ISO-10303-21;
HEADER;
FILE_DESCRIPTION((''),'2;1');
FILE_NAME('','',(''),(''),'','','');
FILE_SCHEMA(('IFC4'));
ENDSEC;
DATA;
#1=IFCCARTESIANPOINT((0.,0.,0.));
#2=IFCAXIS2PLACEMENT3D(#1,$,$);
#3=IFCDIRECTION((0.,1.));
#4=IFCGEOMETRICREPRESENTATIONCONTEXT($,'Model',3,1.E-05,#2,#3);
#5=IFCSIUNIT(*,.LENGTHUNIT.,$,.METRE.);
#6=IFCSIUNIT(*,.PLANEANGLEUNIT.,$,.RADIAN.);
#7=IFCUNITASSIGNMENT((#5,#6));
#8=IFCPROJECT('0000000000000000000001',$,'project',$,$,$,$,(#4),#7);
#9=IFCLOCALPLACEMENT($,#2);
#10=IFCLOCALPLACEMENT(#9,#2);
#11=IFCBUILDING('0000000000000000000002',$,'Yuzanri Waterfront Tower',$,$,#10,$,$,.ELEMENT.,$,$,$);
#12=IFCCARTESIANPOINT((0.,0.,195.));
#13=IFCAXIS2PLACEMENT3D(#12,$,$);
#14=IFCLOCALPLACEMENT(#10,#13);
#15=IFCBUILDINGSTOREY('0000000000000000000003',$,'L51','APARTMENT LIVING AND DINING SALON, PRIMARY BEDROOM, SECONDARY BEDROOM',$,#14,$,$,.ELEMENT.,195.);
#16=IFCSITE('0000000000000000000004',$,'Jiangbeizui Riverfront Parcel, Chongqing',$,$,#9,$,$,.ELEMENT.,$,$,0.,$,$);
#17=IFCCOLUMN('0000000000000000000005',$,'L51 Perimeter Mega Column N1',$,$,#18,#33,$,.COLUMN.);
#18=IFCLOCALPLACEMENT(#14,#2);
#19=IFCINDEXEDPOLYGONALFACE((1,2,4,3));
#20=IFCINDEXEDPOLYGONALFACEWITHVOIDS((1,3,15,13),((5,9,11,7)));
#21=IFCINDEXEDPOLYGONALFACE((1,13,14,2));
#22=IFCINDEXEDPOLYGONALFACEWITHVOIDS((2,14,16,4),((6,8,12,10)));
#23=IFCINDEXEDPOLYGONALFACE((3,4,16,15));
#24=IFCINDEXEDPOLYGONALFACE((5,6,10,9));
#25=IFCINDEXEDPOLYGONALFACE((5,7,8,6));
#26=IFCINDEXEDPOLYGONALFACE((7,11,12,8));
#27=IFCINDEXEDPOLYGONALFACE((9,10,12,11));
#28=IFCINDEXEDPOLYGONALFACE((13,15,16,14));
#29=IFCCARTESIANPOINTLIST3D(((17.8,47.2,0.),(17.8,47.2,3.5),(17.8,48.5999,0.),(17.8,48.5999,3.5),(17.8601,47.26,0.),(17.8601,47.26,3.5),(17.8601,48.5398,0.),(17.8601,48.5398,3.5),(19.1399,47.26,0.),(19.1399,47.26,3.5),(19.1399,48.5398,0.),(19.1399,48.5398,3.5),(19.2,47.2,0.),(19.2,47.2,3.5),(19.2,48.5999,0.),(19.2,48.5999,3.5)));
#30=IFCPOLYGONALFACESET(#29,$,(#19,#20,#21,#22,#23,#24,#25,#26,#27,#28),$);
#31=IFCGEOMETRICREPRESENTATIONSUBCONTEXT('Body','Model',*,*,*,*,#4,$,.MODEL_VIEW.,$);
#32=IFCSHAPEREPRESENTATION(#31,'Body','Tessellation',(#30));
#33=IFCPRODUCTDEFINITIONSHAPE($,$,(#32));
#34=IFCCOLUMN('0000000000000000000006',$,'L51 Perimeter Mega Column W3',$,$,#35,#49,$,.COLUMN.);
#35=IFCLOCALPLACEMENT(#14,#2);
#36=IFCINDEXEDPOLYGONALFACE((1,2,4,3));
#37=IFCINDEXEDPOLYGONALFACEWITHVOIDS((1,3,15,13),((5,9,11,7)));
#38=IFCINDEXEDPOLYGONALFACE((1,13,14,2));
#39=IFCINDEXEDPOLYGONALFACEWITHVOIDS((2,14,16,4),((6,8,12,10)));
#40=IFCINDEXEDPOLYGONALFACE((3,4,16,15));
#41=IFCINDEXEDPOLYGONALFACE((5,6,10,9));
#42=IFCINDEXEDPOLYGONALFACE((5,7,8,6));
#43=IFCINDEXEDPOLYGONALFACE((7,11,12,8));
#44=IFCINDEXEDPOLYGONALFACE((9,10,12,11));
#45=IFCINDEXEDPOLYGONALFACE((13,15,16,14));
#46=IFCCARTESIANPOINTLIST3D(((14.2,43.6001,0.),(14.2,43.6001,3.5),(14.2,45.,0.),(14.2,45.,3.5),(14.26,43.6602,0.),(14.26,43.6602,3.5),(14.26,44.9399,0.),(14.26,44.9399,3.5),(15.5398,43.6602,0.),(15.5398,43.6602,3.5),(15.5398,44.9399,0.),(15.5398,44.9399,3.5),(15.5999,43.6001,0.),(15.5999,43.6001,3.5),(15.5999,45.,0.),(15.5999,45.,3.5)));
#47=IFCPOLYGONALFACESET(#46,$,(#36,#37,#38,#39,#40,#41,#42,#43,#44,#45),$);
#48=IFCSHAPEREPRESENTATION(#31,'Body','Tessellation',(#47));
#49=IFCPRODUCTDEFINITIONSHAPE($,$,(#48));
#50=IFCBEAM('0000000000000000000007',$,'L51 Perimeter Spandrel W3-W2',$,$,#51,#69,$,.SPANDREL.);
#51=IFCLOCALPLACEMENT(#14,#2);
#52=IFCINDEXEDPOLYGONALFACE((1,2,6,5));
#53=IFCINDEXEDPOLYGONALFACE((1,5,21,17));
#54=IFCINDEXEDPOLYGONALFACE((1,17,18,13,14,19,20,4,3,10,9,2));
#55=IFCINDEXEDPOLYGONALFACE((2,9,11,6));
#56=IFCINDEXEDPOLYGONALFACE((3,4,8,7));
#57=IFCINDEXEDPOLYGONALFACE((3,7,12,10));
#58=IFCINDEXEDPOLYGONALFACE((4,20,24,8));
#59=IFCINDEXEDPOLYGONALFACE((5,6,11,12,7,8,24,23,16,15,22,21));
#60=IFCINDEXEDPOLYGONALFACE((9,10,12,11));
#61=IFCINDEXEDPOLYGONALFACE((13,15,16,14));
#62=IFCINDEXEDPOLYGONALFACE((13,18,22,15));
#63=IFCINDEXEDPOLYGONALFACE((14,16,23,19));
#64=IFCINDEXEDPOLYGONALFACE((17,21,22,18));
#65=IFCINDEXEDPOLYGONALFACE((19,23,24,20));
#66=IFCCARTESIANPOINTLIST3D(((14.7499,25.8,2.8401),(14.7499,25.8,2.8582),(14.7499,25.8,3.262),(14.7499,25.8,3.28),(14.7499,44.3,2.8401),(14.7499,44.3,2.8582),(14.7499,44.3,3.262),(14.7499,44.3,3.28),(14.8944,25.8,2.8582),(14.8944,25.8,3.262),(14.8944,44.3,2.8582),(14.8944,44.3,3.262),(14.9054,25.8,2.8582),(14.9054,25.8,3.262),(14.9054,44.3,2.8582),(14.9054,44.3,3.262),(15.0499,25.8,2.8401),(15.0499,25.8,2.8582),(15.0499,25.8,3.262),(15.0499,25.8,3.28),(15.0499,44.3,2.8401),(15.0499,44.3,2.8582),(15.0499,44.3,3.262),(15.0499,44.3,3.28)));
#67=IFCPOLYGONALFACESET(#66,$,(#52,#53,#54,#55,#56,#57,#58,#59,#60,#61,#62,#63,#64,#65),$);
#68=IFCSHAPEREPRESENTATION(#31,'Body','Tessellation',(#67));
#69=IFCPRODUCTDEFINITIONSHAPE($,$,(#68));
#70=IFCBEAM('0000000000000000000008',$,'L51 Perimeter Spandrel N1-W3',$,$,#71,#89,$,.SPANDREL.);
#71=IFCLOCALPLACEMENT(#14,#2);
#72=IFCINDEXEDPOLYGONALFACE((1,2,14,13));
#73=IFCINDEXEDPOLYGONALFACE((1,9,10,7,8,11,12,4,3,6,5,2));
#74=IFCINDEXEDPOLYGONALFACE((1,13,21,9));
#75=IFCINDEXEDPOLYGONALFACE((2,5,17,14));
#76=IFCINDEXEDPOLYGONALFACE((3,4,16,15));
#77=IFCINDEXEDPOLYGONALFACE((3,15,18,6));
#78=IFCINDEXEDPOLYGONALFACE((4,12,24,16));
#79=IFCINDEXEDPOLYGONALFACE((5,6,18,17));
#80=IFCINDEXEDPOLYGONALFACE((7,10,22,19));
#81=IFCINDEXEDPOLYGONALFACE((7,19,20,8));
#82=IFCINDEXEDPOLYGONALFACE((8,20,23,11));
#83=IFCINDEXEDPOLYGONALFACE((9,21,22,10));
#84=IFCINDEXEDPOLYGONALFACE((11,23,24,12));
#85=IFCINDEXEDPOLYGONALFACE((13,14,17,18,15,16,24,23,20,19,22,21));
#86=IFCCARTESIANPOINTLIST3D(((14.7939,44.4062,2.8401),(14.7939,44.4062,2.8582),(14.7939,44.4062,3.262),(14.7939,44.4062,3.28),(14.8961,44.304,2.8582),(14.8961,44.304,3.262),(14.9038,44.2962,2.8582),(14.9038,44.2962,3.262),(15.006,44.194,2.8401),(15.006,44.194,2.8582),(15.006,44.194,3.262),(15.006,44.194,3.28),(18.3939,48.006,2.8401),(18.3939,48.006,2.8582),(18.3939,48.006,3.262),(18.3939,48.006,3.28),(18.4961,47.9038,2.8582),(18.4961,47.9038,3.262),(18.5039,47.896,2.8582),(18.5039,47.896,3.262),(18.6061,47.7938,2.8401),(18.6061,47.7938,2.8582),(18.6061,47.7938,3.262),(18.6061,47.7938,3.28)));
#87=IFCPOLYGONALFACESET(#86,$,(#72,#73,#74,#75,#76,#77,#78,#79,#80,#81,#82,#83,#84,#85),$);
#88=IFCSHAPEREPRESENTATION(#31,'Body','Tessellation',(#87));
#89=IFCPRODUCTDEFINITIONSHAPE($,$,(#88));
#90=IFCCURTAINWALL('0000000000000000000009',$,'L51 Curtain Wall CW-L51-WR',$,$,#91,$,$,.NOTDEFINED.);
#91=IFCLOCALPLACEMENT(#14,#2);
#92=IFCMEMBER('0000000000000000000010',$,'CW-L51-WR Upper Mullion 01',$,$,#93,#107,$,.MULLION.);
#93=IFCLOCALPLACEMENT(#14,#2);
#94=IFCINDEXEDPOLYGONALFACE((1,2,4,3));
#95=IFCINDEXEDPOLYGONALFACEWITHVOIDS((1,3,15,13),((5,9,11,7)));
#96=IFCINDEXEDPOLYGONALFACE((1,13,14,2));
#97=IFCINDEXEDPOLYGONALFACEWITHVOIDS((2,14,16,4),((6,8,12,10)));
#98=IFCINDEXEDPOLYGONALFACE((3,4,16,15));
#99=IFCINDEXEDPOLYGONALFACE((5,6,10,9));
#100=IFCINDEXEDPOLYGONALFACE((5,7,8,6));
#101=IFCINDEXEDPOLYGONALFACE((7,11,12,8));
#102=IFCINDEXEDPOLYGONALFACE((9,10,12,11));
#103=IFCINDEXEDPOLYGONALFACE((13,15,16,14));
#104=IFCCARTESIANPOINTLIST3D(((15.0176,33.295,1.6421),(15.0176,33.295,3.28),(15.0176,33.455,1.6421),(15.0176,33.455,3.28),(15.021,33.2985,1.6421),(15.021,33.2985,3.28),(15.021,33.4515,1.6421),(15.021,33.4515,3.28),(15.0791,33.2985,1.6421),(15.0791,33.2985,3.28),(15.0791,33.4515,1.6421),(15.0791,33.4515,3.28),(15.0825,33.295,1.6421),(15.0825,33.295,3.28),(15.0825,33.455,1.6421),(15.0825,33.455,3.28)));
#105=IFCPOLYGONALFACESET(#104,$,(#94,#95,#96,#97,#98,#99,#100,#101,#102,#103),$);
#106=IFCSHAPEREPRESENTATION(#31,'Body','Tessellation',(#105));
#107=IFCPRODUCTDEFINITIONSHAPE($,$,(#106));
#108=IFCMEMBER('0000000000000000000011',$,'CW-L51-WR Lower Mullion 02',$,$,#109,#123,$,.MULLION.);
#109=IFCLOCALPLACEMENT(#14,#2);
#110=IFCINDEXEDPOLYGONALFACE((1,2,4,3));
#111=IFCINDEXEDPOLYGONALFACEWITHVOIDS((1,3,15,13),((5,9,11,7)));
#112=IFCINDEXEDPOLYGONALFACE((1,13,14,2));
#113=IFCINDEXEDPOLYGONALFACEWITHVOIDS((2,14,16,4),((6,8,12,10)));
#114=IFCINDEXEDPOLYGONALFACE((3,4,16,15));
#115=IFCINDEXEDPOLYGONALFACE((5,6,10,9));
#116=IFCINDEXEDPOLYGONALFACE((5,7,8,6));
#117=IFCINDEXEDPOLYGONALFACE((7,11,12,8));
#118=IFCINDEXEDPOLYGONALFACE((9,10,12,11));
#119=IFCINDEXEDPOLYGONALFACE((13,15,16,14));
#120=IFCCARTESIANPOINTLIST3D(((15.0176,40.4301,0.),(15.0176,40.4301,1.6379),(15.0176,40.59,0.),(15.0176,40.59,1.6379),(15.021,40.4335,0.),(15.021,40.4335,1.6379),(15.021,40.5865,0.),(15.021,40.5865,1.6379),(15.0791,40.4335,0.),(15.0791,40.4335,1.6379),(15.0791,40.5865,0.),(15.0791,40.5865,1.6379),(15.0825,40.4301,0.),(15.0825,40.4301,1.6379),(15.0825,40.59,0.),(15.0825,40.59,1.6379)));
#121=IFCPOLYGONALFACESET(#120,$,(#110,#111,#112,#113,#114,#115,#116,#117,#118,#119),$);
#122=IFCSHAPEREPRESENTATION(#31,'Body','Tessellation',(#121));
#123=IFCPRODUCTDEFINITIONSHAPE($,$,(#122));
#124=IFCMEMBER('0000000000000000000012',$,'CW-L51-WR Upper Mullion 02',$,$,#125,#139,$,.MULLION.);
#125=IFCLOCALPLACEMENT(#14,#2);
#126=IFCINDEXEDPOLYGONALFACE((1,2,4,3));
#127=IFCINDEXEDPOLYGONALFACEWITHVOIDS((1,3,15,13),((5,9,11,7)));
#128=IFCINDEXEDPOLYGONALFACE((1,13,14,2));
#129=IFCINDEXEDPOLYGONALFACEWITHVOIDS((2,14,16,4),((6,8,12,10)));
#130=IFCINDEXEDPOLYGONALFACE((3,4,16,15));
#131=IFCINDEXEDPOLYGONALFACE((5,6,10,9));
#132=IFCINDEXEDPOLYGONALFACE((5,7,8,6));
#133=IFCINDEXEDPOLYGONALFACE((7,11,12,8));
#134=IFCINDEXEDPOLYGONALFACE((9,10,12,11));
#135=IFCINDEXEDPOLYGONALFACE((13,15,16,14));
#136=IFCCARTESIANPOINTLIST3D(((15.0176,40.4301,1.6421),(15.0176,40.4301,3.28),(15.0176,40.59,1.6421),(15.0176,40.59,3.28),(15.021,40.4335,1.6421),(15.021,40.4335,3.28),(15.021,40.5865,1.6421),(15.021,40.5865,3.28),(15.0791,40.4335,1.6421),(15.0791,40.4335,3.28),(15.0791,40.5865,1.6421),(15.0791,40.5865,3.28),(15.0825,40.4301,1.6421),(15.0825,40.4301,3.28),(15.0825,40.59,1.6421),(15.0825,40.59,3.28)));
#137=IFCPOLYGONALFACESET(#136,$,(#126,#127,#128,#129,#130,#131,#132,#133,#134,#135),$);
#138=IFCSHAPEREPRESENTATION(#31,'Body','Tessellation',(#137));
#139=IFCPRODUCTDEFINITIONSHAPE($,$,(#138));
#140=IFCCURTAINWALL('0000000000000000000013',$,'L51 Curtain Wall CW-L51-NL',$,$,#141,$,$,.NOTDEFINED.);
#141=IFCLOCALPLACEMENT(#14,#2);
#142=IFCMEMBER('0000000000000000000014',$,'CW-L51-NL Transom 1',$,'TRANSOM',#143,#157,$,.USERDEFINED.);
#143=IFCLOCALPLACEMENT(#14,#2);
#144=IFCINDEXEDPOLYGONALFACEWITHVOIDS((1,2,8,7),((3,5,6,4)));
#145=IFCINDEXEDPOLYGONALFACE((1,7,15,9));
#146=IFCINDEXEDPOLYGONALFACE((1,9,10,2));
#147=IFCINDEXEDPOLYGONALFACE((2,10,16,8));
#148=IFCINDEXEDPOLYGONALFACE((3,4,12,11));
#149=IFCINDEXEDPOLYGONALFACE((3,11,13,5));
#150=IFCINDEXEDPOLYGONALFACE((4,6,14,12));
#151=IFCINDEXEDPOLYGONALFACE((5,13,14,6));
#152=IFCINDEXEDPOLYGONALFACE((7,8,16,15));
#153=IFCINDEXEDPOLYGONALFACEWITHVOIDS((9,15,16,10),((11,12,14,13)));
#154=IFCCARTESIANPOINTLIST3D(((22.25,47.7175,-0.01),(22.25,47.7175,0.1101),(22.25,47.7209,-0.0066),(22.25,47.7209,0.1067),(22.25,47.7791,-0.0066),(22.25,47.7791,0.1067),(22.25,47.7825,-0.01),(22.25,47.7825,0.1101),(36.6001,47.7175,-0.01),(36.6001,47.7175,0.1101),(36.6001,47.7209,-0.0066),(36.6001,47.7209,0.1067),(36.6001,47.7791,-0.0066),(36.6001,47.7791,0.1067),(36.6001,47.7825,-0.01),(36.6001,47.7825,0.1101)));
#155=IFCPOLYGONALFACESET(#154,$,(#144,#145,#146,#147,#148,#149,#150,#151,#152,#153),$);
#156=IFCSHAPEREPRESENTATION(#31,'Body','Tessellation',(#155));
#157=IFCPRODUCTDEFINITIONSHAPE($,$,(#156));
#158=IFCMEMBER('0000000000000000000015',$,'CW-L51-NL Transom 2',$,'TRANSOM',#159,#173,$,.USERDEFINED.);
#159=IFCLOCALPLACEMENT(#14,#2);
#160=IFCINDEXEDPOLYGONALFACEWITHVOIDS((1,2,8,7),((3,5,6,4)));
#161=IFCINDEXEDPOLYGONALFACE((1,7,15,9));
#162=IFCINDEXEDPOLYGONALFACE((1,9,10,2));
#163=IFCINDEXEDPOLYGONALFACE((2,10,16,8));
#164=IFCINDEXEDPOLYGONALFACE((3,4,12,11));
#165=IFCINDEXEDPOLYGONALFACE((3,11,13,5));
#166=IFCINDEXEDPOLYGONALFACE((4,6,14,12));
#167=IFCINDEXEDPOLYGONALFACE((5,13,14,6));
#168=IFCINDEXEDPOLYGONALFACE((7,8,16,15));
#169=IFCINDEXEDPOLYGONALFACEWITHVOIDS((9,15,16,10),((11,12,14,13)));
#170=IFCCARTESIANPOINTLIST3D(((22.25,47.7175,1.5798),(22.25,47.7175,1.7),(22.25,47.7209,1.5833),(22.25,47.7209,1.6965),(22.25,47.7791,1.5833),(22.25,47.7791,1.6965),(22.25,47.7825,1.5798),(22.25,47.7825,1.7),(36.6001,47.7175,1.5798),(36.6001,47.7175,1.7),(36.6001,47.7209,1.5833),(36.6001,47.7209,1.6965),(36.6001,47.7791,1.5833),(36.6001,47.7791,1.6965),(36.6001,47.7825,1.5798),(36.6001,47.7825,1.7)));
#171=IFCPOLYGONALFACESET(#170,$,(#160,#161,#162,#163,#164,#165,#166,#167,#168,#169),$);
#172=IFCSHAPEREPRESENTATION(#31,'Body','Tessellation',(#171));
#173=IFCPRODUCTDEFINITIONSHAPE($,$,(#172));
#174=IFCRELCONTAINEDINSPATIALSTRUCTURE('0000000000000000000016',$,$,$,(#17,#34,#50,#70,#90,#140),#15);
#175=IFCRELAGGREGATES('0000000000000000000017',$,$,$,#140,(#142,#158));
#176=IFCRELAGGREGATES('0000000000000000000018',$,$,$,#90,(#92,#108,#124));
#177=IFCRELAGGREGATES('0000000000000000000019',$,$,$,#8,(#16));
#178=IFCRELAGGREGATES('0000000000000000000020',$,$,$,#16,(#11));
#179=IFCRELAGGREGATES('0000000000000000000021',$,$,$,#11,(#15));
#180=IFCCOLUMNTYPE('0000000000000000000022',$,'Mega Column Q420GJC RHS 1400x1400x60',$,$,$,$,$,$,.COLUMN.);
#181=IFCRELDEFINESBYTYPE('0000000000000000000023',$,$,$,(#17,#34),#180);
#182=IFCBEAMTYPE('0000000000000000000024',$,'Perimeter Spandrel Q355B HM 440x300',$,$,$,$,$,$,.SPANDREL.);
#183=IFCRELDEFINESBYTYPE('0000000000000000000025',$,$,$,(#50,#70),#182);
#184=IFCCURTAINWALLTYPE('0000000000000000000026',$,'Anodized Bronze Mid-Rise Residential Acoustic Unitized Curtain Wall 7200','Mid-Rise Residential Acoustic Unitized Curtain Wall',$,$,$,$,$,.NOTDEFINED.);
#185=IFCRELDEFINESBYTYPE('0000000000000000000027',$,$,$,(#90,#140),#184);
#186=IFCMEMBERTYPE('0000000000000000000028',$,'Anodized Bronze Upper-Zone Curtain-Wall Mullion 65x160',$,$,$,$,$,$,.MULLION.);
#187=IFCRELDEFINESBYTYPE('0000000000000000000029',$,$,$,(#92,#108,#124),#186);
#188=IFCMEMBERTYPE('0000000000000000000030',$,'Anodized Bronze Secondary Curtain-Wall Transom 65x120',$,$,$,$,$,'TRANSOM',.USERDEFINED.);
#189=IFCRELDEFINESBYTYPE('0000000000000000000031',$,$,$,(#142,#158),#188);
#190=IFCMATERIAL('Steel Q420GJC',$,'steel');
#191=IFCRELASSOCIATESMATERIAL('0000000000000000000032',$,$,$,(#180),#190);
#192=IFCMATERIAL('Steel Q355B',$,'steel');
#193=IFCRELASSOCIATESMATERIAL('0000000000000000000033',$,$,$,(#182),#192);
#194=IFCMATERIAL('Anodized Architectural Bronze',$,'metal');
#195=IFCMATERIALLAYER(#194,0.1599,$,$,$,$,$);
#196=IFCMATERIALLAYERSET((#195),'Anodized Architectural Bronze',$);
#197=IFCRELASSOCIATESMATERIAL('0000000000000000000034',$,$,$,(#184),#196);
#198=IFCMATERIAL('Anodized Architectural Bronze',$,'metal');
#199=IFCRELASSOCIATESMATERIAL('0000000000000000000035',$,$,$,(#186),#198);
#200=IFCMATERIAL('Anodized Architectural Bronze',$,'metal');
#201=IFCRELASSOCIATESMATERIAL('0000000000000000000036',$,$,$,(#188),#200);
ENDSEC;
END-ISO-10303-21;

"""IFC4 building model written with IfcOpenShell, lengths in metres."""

from ifc_helpers import new_model, si_unit, direction, frame, origin, origin_2d, place, context, subcontext, project, spatial, hollow_rectangle, i_section, extrude, source, transform, mapped, material, layer, layer_set, material_profile, profile_set, type_object, element, aggregate, save


model = new_model("IFC4")

# Units and contexts
model_context = context("Model", 3, precision=1e-05, world=origin(), true_north=direction((0.0, 1.0)))
body_context = subcontext(model_context, "Body", "Model", "MODEL_VIEW")
ifc_project = project(units=[si_unit("LENGTHUNIT", "METRE"), si_unit("PLANEANGLEUNIT", "RADIAN")], contexts=[model_context])

# Site, building, storey
site_placement = place(None, origin())
site = spatial("IfcSite", under=ifc_project, at=site_placement, Name="Jiangbeizui Riverfront Parcel, Chongqing", CompositionType="ELEMENT", RefElevation=0.0)
building_placement = place(site_placement, origin())
building = spatial("IfcBuilding", under=site, at=building_placement, Name="Yuzanri Waterfront Tower", CompositionType="ELEMENT")
storey_placement = place(building_placement, frame((0.0, 0.0, 195.0)))
storey = spatial("IfcBuildingStorey", under=building, at=storey_placement, Name="L51", Description="APARTMENT LIVING AND DINING SALON, PRIMARY BEDROOM, SECONDARY BEDROOM", CompositionType="ELEMENT", Elevation=195.0)

# Columns
ifc_material_1 = material(Name="Steel Q420GJC", Category="steel")
ifc_material_profile_1 = material_profile(ifc_material_1, hollow_rectangle(XDim=1.3999, YDim=1.3999, WallThickness=0.0601, at=origin_2d()), Name="RHS 1400x1400x60")
ifc_profile_set_1 = profile_set([ifc_material_profile_1], Name="Steel Q420GJC")
column_type = type_object("IfcColumnType", Name="Mega Column Q420GJC RHS 1400x1400x60", PredefinedType="COLUMN", material=ifc_profile_set_1)
shared_shape_1 = source(origin(), body_context, "Body", "SweptSolid", [
    extrude(hollow_rectangle(XDim=1.3999, YDim=1.3999, WallThickness=0.0601, at=origin_2d()), origin(), (0.0, 0.0, 1.0), 3.5),
])
for number, where, z_axis, x_axis, name in (
    (1, (18.5, 47.8999, 0.0), (0.0, 0.0, 1.0), (1.0, 0.0, 0.0), "L51 Perimeter Mega Column N1"),
    (2, (14.8999, 44.3, 0.0), (0.0, 0.0, 1.0), (1.0, 0.0, 0.0), "L51 Perimeter Mega Column W3"),
):
    element("IfcColumn", number, at=place(storey_placement, frame(where, z_axis=z_axis, x_axis=x_axis)), inside=storey, type_object=column_type, Name=name, PredefinedType="COLUMN", context=body_context, shape_type="MappedRepresentation", body=[
        mapped(shared_shape_1, transform((0.0, 0.0, 0.0), scale=1.0)),
    ])

# Beams
ifc_material_2 = material(Name="Steel Q355B", Category="steel")
ifc_material_profile_2 = material_profile(ifc_material_2, i_section(OverallWidth=0.3, OverallDepth=0.4399, WebThickness=0.011, FlangeThickness=0.0181, at=origin_2d()), Name="HM 440x300x11x18")
ifc_profile_set_2 = profile_set([ifc_material_profile_2], Name="Steel Q355B")
beam_type = type_object("IfcBeamType", Name="Perimeter Spandrel Q355B HM 440x300", PredefinedType="SPANDREL", material=ifc_profile_set_2)
shared_shape_2 = source(origin(), body_context, "Body", "SweptSolid", [
    extrude(i_section(OverallWidth=0.3, OverallDepth=0.4399, WebThickness=0.011, FlangeThickness=0.0181, at=origin_2d()), origin(), (0.0, 0.0, 1.0), 18.5),
])
beam_1_placement = place(storey_placement, frame((14.8999, 44.3, 3.0601), z_axis=(0.0, -1.0, 0.0), x_axis=(1.0, 0.0, 0.0)))
element("IfcBeam", 3, at=beam_1_placement, inside=storey, type_object=beam_type, Name="L51 Perimeter Spandrel W3-W2", PredefinedType="SPANDREL", context=body_context, shape_type="MappedRepresentation", body=[
    mapped(shared_shape_2, transform((0.0, 0.0, 0.0), scale=1.0)),
])
shared_shape_3 = source(origin(), body_context, "Body", "SweptSolid", [
    extrude(i_section(OverallWidth=0.3, OverallDepth=0.4399, WebThickness=0.011, FlangeThickness=0.0181, at=origin_2d()), origin(), (0.0, 0.0, 1.0), 5.0911),
])
beam_2_placement = place(storey_placement, frame((18.5, 47.8999, 3.0601), z_axis=(-0.707131, -0.707083, 0.0), x_axis=(0.707083, -0.707131, 0.0)))
element("IfcBeam", 4, at=beam_2_placement, inside=storey, type_object=beam_type, Name="L51 Perimeter Spandrel N1-W3", PredefinedType="SPANDREL", context=body_context, shape_type="MappedRepresentation", body=[
    mapped(shared_shape_3, transform((0.0, 0.0, 0.0), scale=1.0)),
])

# Curtain walls, members
ifc_material_3 = material(Name="Anodized Architectural Bronze", Category="metal")
ifc_layer_1 = layer(ifc_material_3, 0.1599)
ifc_layer_set_1 = layer_set([ifc_layer_1], Name="Anodized Architectural Bronze")
curtain_wall_type = type_object("IfcCurtainWallType", Name="Anodized Bronze Mid-Rise Residential Acoustic Unitized Curtain Wall 7200", Description="Mid-Rise Residential Acoustic Unitized Curtain Wall", PredefinedType="NOTDEFINED", material=ifc_layer_set_1)
curtain_wall_1_placement = place(storey_placement, origin())
curtain_wall_1 = element("IfcCurtainWall", 5, at=curtain_wall_1_placement, inside=storey, type_object=curtain_wall_type, Name="L51 Curtain Wall CW-L51-WR", PredefinedType="NOTDEFINED")
ifc_material_4 = material(Name="Anodized Architectural Bronze", Category="metal")
ifc_material_profile_3 = material_profile(ifc_material_4, hollow_rectangle(XDim=0.0649, YDim=0.1599, WallThickness=0.0034, at=origin_2d()), Name="CWM 65x160")
ifc_profile_set_3 = profile_set([ifc_material_profile_3], Name="Anodized Architectural Bronze")
member_type_1 = type_object("IfcMemberType", Name="Anodized Bronze Upper-Zone Curtain-Wall Mullion 65x160", PredefinedType="MULLION", material=ifc_profile_set_3)
shared_shape_4 = source(origin(), body_context, "Body", "SweptSolid", [
    extrude(hollow_rectangle(XDim=0.0649, YDim=0.1599, WallThickness=0.0034, at=origin_2d()), origin(), (0.0, 0.0, 1.0), 1.6379),
])
member_1_placement = place(storey_placement, frame((15.05, 33.375, 1.6421), z_axis=(0.0, 0.0, 1.0), x_axis=(1.0, 0.0, 0.0)))
member_1 = element("IfcMember", 6, at=member_1_placement, type_object=member_type_1, Name="CW-L51-WR Upper Mullion 01", PredefinedType="MULLION", context=body_context, shape_type="MappedRepresentation", body=[
    mapped(shared_shape_4, transform((0.0, 0.0, 0.0), scale=1.0)),
])
member_2_placement = place(storey_placement, frame((15.05, 40.51, 0.0), z_axis=(0.0, 0.0, 1.0), x_axis=(1.0, 0.0, 0.0)))
member_2 = element("IfcMember", 7, at=member_2_placement, type_object=member_type_1, Name="CW-L51-WR Lower Mullion 02", PredefinedType="MULLION", context=body_context, shape_type="MappedRepresentation", body=[
    mapped(shared_shape_4, transform((0.0, 0.0, 0.0), scale=1.0)),
])
member_3_placement = place(storey_placement, frame((15.05, 40.51, 1.6421), z_axis=(0.0, 0.0, 1.0), x_axis=(1.0, 0.0, 0.0)))
member_3 = element("IfcMember", 8, at=member_3_placement, type_object=member_type_1, Name="CW-L51-WR Upper Mullion 02", PredefinedType="MULLION", context=body_context, shape_type="MappedRepresentation", body=[
    mapped(shared_shape_4, transform((0.0, 0.0, 0.0), scale=1.0)),
])
curtain_wall_2_placement = place(storey_placement, origin())
curtain_wall_2 = element("IfcCurtainWall", 9, at=curtain_wall_2_placement, inside=storey, type_object=curtain_wall_type, Name="L51 Curtain Wall CW-L51-NL", PredefinedType="NOTDEFINED")
ifc_material_5 = material(Name="Anodized Architectural Bronze", Category="metal")
ifc_material_profile_4 = material_profile(ifc_material_5, hollow_rectangle(XDim=0.0649, YDim=0.1201, WallThickness=0.0034, at=origin_2d()), Name="CWT 65x120")
ifc_profile_set_4 = profile_set([ifc_material_profile_4], Name="Anodized Architectural Bronze")
member_type_2 = type_object("IfcMemberType", Name="Anodized Bronze Secondary Curtain-Wall Transom 65x120", ElementType="TRANSOM", PredefinedType="USERDEFINED", material=ifc_profile_set_4)
shared_shape_5 = source(origin(), body_context, "Body", "SweptSolid", [
    extrude(hollow_rectangle(XDim=0.0649, YDim=0.1201, WallThickness=0.0034, at=origin_2d()), origin(), (0.0, 0.0, 1.0), 14.3501),
])
member_4_placement = place(storey_placement, frame((22.25, 47.75, 0.05), z_axis=(1.0, 0.0, 0.0), x_axis=(0.0, 1.0, 0.0)))
member_4 = element("IfcMember", 10, at=member_4_placement, type_object=member_type_2, Name="CW-L51-NL Transom 1", ObjectType="TRANSOM", PredefinedType="USERDEFINED", context=body_context, shape_type="MappedRepresentation", body=[
    mapped(shared_shape_5, transform((0.0, 0.0, 0.0), scale=1.0)),
])
member_5_placement = place(storey_placement, frame((22.25, 47.75, 1.6399), z_axis=(1.0, 0.0, 0.0), x_axis=(0.0, 1.0, 0.0)))
member_5 = element("IfcMember", 11, at=member_5_placement, type_object=member_type_2, Name="CW-L51-NL Transom 2", ObjectType="TRANSOM", PredefinedType="USERDEFINED", context=body_context, shape_type="MappedRepresentation", body=[
    mapped(shared_shape_5, transform((0.0, 0.0, 0.0), scale=1.0)),
])
aggregate(curtain_wall_2, [member_4, member_5])

aggregate(curtain_wall_1, [member_1, member_2, member_3])

save(model, "model.ifc")
